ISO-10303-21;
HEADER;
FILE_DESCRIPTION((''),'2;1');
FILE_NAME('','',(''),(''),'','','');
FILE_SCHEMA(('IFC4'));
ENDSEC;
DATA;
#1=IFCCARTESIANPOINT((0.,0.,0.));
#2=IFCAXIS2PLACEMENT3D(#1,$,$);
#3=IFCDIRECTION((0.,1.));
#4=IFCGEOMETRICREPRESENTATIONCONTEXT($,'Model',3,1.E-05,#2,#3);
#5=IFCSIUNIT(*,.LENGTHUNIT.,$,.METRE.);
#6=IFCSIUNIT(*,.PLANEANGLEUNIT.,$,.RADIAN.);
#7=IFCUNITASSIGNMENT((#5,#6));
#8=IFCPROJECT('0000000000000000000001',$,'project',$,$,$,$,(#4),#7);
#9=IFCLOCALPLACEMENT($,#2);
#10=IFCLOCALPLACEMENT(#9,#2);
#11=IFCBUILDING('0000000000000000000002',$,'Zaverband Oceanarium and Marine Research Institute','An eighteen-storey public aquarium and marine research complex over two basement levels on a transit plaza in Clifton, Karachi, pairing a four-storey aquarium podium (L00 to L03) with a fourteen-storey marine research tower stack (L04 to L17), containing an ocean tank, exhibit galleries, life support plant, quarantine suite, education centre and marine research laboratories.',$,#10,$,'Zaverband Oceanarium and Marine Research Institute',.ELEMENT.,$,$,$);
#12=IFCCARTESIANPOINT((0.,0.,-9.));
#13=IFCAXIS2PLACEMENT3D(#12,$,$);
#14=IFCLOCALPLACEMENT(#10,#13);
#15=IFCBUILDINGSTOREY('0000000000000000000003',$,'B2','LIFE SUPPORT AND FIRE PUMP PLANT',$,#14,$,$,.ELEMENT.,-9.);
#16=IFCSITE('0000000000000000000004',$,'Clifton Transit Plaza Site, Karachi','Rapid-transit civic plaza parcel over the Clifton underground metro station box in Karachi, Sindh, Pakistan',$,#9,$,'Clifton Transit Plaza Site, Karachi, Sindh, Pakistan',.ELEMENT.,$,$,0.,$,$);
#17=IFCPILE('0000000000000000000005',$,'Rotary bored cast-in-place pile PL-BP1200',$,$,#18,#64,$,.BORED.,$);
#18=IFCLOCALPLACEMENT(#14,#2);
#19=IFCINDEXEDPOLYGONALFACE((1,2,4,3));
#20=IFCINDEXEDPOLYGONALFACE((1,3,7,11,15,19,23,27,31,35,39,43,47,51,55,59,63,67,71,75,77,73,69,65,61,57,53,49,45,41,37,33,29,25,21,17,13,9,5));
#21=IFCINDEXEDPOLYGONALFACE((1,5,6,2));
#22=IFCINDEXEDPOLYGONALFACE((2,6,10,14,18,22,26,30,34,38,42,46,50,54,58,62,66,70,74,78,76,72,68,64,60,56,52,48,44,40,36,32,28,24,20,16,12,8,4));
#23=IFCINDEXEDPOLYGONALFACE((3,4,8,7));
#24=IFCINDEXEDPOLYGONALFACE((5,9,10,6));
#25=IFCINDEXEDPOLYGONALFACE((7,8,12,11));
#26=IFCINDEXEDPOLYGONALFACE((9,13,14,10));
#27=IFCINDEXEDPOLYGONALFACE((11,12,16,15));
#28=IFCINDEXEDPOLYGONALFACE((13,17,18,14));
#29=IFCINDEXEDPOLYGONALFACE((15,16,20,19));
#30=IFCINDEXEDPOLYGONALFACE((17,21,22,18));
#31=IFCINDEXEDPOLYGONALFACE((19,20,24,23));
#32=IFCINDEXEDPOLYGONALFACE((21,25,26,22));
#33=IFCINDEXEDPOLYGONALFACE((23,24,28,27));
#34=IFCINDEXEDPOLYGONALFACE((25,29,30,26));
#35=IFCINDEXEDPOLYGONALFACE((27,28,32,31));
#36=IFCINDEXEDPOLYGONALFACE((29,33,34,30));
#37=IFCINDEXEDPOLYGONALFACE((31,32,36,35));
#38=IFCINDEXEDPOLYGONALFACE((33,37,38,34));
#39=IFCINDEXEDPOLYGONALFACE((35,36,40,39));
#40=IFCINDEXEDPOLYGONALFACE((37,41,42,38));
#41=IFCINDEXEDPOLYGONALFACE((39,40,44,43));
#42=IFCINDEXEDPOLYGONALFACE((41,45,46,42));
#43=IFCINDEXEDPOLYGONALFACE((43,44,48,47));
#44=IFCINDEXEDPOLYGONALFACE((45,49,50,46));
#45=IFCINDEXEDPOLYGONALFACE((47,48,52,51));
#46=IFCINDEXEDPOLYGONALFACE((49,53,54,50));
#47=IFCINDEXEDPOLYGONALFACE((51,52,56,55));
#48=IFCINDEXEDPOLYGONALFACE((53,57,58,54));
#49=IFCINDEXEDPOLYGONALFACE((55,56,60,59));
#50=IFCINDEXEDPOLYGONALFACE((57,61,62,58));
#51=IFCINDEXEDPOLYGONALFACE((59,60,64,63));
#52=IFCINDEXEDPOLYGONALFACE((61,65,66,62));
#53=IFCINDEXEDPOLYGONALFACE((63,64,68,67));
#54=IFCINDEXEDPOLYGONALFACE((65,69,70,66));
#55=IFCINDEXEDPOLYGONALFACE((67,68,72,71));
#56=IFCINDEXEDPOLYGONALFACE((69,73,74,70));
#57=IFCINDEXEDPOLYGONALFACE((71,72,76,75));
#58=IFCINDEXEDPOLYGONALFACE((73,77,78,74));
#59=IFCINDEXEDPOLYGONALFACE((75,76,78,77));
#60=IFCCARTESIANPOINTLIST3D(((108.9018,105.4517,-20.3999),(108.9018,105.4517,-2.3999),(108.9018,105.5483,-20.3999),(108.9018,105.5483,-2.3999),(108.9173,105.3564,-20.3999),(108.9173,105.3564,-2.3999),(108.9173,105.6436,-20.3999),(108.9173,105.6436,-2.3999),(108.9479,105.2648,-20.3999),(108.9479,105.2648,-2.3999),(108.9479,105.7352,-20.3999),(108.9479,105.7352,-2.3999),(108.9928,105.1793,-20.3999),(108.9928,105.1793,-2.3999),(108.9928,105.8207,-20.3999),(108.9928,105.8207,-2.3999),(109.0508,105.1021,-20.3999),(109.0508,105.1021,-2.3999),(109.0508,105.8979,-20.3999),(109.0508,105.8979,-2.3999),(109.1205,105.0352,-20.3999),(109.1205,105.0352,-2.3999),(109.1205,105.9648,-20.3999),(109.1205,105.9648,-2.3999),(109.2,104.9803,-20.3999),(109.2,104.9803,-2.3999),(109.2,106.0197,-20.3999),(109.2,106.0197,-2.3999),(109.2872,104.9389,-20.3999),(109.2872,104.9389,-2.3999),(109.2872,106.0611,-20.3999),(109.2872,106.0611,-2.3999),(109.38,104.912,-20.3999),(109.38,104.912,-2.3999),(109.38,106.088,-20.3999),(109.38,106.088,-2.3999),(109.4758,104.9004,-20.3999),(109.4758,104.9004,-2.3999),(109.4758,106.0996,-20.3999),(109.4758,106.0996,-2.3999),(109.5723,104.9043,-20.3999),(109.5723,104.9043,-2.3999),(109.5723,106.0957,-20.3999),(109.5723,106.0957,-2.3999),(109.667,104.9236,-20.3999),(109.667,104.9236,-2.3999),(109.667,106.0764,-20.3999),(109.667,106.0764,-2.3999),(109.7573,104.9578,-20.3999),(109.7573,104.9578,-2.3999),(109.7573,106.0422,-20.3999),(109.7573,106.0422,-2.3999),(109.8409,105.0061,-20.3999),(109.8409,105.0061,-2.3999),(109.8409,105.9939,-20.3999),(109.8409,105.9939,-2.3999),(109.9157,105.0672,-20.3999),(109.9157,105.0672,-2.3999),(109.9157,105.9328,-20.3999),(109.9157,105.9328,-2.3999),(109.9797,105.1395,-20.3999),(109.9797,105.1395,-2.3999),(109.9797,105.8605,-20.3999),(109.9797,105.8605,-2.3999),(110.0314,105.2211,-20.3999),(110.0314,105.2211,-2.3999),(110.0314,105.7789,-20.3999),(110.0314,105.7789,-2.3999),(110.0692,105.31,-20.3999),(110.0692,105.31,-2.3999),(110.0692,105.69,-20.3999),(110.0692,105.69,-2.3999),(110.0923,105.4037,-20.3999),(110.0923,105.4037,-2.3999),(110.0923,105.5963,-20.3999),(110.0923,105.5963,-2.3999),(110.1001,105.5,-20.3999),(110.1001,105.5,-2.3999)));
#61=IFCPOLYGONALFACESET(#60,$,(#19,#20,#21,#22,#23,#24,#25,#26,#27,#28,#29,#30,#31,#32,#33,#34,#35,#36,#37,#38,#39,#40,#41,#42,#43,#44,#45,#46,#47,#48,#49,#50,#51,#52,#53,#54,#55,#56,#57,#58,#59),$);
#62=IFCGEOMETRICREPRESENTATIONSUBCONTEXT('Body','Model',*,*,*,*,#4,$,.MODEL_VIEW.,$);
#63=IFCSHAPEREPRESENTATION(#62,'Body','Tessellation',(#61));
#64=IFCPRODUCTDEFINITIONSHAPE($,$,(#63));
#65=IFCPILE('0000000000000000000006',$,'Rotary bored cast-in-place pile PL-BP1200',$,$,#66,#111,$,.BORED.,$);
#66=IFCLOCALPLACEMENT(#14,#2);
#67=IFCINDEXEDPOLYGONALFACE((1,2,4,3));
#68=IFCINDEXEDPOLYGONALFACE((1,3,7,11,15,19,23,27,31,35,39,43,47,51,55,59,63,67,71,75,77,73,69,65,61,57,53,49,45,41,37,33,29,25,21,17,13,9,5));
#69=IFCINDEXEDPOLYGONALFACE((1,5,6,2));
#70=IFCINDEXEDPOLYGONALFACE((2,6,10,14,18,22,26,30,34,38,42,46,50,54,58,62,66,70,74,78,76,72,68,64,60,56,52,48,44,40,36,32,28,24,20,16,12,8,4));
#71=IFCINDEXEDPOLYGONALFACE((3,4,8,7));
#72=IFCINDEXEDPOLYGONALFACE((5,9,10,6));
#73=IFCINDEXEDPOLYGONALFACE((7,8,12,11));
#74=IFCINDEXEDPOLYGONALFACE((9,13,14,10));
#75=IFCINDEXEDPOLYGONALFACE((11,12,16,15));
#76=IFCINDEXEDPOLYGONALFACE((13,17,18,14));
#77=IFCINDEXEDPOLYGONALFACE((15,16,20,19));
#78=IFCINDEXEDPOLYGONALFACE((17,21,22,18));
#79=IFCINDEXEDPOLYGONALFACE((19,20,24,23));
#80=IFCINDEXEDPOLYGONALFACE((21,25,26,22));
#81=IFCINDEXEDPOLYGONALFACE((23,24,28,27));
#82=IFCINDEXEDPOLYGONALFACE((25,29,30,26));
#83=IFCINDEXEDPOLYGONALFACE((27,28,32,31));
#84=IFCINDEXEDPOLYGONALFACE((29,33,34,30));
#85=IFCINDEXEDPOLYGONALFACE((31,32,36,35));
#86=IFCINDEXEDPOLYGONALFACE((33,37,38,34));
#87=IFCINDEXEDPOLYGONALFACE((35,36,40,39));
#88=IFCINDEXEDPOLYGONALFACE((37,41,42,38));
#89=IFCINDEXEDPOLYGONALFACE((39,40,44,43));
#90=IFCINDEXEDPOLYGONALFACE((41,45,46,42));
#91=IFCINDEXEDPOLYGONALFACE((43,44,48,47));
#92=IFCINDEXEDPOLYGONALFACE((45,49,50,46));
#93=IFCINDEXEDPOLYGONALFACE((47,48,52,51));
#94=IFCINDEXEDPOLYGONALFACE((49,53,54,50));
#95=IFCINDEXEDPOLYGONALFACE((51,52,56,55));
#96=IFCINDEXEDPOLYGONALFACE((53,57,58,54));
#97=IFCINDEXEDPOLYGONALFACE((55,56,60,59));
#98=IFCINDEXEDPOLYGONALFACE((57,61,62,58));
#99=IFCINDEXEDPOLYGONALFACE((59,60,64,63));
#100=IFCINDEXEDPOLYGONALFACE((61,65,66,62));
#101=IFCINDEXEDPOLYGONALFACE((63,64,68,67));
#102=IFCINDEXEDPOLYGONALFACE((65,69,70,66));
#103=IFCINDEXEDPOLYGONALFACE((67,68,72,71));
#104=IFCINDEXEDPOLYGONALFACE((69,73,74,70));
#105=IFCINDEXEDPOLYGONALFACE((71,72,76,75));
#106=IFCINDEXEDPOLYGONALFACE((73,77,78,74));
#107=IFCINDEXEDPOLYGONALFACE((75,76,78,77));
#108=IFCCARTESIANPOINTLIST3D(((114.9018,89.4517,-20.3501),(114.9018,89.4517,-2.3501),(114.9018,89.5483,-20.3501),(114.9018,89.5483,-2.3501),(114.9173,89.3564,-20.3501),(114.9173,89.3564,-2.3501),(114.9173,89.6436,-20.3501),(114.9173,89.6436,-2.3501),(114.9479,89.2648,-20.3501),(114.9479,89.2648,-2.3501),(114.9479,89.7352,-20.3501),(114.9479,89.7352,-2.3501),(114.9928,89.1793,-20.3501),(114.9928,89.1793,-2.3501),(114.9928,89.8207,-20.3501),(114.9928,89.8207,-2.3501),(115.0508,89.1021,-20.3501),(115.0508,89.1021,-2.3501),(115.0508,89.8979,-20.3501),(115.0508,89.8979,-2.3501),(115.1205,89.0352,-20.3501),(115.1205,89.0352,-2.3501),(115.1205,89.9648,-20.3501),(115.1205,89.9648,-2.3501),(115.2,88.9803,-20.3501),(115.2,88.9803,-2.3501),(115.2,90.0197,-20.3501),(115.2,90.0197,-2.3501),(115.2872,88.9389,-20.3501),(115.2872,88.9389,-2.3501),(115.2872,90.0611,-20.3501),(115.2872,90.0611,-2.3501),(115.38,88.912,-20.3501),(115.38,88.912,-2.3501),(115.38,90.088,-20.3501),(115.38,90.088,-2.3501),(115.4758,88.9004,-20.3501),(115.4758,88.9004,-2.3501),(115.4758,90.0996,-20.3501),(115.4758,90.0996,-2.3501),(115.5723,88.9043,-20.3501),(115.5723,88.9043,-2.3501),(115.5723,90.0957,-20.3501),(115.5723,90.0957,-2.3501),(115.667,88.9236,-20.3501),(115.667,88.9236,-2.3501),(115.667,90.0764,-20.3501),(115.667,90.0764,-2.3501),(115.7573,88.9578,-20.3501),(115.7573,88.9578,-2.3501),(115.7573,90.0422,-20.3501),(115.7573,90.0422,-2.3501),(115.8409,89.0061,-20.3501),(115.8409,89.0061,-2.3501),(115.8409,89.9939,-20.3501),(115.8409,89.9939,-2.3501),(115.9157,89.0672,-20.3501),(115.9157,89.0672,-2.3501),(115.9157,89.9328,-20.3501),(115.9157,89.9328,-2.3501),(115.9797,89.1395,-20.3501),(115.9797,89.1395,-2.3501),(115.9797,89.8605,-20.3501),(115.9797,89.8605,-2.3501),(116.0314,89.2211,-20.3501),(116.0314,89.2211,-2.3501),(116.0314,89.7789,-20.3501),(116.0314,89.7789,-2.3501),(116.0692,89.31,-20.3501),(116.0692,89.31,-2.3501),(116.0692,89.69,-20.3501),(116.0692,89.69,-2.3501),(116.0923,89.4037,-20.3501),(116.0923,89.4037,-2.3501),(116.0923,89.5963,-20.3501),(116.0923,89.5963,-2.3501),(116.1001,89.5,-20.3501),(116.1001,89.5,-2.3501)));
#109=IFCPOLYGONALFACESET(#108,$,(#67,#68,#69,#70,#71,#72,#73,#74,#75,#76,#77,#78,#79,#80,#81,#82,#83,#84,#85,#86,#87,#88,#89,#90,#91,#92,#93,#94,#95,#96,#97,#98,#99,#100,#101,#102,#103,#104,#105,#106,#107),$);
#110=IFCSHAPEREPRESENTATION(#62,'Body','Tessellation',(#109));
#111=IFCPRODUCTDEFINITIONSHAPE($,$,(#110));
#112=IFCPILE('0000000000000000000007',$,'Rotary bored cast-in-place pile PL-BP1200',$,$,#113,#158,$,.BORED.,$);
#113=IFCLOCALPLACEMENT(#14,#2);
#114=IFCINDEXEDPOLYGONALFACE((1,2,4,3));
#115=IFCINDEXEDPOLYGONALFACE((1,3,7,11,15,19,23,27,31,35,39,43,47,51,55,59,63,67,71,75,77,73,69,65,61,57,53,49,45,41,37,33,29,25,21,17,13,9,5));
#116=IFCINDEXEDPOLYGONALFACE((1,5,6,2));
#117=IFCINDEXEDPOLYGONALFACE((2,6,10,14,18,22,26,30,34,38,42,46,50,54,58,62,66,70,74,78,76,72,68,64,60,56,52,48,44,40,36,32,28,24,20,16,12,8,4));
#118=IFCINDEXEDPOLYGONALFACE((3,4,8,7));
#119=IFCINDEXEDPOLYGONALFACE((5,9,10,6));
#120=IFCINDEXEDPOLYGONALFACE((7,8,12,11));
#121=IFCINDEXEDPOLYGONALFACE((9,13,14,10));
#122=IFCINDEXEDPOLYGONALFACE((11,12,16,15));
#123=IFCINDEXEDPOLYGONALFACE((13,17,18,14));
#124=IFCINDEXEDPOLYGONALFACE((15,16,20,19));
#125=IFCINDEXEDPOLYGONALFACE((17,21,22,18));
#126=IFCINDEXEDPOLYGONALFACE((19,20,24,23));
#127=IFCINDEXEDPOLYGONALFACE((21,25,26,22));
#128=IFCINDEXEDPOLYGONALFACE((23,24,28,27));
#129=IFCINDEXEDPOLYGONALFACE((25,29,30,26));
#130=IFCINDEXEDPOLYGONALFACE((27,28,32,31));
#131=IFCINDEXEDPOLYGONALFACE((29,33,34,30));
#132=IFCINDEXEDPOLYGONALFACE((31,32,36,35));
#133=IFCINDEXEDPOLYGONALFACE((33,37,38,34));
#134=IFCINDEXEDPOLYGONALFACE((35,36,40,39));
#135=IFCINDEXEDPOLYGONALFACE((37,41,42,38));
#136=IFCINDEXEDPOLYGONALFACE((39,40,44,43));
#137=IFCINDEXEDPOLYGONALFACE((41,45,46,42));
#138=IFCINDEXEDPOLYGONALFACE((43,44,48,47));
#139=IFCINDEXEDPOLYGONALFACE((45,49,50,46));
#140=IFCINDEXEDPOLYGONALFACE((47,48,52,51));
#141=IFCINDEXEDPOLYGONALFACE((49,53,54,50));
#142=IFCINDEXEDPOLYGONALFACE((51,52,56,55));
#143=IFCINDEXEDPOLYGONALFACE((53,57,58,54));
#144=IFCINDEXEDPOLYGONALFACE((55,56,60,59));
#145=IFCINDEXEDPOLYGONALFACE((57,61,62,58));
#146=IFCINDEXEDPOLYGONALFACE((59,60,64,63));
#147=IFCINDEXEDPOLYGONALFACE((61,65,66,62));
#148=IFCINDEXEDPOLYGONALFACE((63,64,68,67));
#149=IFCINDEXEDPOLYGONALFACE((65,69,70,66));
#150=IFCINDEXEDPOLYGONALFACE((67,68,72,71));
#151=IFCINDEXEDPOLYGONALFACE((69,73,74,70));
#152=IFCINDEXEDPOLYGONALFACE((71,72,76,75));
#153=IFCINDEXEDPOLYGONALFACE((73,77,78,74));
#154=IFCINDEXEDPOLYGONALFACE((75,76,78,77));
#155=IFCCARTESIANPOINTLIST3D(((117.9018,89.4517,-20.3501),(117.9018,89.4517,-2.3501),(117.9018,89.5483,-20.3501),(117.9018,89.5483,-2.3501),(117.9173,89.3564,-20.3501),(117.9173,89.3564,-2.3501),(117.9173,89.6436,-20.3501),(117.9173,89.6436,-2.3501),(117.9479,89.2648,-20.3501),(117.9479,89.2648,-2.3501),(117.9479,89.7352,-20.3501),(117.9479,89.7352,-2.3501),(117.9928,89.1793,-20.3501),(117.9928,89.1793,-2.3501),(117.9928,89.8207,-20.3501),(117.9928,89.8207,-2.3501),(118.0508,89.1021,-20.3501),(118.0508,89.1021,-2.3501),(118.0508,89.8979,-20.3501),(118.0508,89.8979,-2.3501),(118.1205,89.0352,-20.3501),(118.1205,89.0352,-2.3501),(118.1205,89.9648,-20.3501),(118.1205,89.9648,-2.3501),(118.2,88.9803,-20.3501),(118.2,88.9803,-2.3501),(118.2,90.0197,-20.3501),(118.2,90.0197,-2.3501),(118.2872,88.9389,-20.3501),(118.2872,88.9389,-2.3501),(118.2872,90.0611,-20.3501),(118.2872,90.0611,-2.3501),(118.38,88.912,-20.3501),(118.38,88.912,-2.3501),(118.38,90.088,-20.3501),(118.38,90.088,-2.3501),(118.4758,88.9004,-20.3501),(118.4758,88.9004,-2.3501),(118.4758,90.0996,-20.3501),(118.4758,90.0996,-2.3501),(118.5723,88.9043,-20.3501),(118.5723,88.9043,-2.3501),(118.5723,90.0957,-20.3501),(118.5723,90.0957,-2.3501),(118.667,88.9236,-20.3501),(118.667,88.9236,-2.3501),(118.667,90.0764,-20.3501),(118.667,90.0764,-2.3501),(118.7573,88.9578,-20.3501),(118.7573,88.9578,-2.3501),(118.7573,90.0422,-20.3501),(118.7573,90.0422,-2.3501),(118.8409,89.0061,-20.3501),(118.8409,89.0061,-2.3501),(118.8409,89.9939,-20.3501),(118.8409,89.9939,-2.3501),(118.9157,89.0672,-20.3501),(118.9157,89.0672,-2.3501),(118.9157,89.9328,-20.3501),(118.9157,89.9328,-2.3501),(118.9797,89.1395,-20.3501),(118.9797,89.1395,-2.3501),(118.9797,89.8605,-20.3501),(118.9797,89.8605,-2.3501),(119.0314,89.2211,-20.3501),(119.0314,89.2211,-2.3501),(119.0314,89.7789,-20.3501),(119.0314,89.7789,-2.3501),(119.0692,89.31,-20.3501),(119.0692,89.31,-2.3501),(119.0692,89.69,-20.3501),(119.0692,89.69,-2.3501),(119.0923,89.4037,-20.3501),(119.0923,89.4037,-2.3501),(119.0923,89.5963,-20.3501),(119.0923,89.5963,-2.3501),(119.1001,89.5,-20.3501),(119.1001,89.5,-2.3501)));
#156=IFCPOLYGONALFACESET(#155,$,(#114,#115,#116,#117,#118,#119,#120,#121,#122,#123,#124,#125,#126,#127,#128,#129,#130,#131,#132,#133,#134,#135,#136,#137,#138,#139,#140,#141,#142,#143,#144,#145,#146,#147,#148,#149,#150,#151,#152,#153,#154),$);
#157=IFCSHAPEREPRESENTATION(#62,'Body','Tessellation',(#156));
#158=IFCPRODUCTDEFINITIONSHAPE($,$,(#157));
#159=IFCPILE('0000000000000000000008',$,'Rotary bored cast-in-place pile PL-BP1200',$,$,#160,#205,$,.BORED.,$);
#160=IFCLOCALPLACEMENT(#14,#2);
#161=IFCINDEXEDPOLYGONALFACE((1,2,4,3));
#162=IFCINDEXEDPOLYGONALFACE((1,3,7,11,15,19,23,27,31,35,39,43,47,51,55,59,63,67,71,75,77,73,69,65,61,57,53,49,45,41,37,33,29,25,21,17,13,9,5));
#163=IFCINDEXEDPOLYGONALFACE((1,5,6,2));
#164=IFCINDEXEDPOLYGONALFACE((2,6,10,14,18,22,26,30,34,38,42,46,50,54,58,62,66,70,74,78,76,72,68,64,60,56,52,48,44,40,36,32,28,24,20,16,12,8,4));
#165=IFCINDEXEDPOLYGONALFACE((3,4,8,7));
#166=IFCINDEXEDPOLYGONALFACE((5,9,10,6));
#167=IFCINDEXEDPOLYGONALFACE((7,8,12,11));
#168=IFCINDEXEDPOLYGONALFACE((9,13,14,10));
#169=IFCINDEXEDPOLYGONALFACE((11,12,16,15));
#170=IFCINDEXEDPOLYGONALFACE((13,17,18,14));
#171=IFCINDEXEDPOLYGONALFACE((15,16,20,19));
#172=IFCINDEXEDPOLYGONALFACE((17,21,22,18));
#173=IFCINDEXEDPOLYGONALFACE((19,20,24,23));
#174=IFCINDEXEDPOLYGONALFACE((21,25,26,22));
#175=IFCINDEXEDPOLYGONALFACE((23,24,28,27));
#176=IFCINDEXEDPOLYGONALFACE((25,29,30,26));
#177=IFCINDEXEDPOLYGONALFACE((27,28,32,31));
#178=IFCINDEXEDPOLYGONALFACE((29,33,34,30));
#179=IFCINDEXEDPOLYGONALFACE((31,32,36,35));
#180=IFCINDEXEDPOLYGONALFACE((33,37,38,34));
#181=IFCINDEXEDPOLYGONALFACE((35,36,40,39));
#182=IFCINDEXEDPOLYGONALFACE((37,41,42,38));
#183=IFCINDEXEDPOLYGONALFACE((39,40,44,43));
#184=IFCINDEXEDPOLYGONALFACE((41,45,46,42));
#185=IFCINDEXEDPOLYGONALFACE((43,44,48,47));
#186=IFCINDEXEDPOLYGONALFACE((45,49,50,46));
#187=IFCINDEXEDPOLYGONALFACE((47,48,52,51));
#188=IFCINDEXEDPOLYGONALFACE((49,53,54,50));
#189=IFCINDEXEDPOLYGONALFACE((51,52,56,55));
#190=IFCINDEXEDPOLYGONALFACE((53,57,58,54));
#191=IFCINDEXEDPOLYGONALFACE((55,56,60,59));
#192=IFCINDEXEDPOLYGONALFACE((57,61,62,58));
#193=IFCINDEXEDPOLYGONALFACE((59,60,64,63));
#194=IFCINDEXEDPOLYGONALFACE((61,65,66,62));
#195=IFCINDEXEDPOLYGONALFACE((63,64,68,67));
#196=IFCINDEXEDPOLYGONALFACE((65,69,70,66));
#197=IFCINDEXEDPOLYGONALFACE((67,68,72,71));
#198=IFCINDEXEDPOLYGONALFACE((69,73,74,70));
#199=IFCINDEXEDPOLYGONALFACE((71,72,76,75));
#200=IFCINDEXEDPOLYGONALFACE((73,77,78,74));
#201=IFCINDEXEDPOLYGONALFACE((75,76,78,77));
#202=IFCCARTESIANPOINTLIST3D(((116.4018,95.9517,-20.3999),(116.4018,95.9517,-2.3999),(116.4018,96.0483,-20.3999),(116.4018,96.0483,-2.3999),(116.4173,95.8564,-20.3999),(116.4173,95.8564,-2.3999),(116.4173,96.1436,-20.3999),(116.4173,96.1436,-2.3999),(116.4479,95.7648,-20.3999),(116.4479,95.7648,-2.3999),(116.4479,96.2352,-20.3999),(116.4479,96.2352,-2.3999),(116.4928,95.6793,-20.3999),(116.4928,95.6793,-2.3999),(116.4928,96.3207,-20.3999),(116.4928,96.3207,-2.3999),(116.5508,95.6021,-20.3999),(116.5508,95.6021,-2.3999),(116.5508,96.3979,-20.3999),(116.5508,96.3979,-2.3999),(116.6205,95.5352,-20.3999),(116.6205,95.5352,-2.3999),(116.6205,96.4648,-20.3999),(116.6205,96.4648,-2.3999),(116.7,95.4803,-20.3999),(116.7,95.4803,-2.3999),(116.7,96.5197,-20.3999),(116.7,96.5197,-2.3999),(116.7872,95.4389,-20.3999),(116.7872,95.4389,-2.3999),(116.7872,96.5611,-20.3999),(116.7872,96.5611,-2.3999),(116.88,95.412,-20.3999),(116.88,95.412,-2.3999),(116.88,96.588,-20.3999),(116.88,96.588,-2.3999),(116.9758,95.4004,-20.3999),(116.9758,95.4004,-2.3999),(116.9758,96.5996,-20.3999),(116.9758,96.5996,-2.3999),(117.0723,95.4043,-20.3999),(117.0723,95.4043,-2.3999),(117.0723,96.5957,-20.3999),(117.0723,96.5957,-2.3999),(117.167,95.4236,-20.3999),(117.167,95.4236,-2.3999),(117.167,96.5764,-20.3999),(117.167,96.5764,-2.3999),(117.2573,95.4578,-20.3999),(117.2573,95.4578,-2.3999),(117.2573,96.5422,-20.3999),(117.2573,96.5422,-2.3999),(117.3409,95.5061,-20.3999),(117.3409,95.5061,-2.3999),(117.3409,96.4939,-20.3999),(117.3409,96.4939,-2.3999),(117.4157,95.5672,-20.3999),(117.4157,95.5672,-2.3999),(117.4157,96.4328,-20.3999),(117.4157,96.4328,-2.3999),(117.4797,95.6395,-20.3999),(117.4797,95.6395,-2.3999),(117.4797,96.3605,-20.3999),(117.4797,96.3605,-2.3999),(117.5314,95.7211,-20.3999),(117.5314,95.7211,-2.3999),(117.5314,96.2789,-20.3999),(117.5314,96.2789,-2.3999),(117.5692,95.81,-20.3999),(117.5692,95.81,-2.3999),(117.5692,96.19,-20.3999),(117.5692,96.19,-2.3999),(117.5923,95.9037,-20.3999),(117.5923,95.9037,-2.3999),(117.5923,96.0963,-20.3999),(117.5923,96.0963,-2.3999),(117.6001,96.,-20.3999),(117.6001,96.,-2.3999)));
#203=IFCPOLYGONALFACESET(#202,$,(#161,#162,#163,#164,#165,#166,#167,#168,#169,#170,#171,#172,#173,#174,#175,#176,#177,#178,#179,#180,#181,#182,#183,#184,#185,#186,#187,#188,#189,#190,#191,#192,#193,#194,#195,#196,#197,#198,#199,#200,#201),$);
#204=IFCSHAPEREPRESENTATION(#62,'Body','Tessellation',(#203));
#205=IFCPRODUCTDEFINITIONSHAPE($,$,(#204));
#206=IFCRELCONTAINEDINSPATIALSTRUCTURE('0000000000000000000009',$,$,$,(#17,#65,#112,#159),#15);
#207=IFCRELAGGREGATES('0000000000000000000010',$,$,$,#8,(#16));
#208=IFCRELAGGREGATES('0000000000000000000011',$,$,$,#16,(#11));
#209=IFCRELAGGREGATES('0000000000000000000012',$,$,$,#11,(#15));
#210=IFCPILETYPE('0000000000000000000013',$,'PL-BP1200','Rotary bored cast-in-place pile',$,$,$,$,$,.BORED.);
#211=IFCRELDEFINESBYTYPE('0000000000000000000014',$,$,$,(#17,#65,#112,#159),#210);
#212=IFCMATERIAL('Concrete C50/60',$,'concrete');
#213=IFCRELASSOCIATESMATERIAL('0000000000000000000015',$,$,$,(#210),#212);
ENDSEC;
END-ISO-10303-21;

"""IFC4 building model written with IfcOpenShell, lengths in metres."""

from ifc_helpers import new_model, si_unit, direction, frame, origin, origin_2d, place, context, subcontext, project, spatial, circle, extrude, material, material_profile, profile_set, type_object, element, save


model = new_model("IFC4")

# Units and contexts
model_context = context("Model", 3, precision=1e-05, world=origin(), true_north=direction((0.0, 1.0)))
body_context = subcontext(model_context, "Body", "Model", "MODEL_VIEW")
ifc_project = project(units=[si_unit("LENGTHUNIT", "METRE"), si_unit("PLANEANGLEUNIT", "RADIAN")], contexts=[model_context])

# Site, building, storey
site_placement = place(None, origin())
site = spatial("IfcSite", under=ifc_project, at=site_placement, Name="Clifton Transit Plaza Site, Karachi", Description="Rapid-transit civic plaza parcel over the Clifton underground metro station box in Karachi, Sindh, Pakistan", LongName="Clifton Transit Plaza Site, Karachi, Sindh, Pakistan", CompositionType="ELEMENT", RefElevation=0.0)
building_placement = place(site_placement, origin())
building = spatial("IfcBuilding", under=site, at=building_placement, Name="Zaverband Oceanarium and Marine Research Institute", Description="An eighteen-storey public aquarium and marine research complex over two basement levels on a transit plaza in Clifton, Karachi, pairing a four-storey aquarium podium (L00 to L03) with a fourteen-storey marine research tower stack (L04 to L17), containing an ocean tank, exhibit galleries, life support plant, quarantine suite, education centre and marine research laboratories.", LongName="Zaverband Oceanarium and Marine Research Institute", CompositionType="ELEMENT")
storey_placement = place(building_placement, frame((0.0, 0.0, -9.0)))
storey = spatial("IfcBuildingStorey", under=building, at=storey_placement, Name="B2", Description="LIFE SUPPORT AND FIRE PUMP PLANT", CompositionType="ELEMENT", Elevation=-9.0)

# Shared definitions
ifc_material_1 = material(Name="Concrete C50/60", Category="concrete")

# Piles
ifc_material_profile_1 = material_profile(ifc_material_1, circle(Radius=0.6001, at=origin_2d()), Name="BP1200")
ifc_profile_set_1 = profile_set([ifc_material_profile_1], Name="Concrete C50/60")
pile_type = type_object("IfcPileType", Name="PL-BP1200", Description="Rotary bored cast-in-place pile", PredefinedType="BORED", material=ifc_profile_set_1)
for number, where, z_axis, x_axis, name in (
    (1, (109.5, 105.5, -2.3999), (0.0, 0.0, -1.0), (1.0, 0.0, 0.0), "Rotary bored cast-in-place pile PL-BP1200"),
    (2, (115.5, 89.5, -2.3501), (0.0, 0.0, -1.0), (1.0, 0.0, 0.0), "Rotary bored cast-in-place pile PL-BP1200"),
    (3, (118.5, 89.5, -2.3501), (0.0, 0.0, -1.0), (1.0, 0.0, 0.0), "Rotary bored cast-in-place pile PL-BP1200"),
    (4, (117.0, 96.0, -2.3999), (0.0, 0.0, -1.0), (1.0, 0.0, 0.0), "Rotary bored cast-in-place pile PL-BP1200"),
):
    element("IfcPile", number, at=place(storey_placement, frame(where, z_axis=z_axis, x_axis=x_axis)), inside=storey, type_object=pile_type, Name=name, PredefinedType="BORED", context=body_context, shape_type="SweptSolid", body=[
        extrude(circle(Radius=0.6001, at=origin_2d()), origin(), (0.0, 0.0, 1.0), 18.0),
    ])

save(model, "model.ifc")
